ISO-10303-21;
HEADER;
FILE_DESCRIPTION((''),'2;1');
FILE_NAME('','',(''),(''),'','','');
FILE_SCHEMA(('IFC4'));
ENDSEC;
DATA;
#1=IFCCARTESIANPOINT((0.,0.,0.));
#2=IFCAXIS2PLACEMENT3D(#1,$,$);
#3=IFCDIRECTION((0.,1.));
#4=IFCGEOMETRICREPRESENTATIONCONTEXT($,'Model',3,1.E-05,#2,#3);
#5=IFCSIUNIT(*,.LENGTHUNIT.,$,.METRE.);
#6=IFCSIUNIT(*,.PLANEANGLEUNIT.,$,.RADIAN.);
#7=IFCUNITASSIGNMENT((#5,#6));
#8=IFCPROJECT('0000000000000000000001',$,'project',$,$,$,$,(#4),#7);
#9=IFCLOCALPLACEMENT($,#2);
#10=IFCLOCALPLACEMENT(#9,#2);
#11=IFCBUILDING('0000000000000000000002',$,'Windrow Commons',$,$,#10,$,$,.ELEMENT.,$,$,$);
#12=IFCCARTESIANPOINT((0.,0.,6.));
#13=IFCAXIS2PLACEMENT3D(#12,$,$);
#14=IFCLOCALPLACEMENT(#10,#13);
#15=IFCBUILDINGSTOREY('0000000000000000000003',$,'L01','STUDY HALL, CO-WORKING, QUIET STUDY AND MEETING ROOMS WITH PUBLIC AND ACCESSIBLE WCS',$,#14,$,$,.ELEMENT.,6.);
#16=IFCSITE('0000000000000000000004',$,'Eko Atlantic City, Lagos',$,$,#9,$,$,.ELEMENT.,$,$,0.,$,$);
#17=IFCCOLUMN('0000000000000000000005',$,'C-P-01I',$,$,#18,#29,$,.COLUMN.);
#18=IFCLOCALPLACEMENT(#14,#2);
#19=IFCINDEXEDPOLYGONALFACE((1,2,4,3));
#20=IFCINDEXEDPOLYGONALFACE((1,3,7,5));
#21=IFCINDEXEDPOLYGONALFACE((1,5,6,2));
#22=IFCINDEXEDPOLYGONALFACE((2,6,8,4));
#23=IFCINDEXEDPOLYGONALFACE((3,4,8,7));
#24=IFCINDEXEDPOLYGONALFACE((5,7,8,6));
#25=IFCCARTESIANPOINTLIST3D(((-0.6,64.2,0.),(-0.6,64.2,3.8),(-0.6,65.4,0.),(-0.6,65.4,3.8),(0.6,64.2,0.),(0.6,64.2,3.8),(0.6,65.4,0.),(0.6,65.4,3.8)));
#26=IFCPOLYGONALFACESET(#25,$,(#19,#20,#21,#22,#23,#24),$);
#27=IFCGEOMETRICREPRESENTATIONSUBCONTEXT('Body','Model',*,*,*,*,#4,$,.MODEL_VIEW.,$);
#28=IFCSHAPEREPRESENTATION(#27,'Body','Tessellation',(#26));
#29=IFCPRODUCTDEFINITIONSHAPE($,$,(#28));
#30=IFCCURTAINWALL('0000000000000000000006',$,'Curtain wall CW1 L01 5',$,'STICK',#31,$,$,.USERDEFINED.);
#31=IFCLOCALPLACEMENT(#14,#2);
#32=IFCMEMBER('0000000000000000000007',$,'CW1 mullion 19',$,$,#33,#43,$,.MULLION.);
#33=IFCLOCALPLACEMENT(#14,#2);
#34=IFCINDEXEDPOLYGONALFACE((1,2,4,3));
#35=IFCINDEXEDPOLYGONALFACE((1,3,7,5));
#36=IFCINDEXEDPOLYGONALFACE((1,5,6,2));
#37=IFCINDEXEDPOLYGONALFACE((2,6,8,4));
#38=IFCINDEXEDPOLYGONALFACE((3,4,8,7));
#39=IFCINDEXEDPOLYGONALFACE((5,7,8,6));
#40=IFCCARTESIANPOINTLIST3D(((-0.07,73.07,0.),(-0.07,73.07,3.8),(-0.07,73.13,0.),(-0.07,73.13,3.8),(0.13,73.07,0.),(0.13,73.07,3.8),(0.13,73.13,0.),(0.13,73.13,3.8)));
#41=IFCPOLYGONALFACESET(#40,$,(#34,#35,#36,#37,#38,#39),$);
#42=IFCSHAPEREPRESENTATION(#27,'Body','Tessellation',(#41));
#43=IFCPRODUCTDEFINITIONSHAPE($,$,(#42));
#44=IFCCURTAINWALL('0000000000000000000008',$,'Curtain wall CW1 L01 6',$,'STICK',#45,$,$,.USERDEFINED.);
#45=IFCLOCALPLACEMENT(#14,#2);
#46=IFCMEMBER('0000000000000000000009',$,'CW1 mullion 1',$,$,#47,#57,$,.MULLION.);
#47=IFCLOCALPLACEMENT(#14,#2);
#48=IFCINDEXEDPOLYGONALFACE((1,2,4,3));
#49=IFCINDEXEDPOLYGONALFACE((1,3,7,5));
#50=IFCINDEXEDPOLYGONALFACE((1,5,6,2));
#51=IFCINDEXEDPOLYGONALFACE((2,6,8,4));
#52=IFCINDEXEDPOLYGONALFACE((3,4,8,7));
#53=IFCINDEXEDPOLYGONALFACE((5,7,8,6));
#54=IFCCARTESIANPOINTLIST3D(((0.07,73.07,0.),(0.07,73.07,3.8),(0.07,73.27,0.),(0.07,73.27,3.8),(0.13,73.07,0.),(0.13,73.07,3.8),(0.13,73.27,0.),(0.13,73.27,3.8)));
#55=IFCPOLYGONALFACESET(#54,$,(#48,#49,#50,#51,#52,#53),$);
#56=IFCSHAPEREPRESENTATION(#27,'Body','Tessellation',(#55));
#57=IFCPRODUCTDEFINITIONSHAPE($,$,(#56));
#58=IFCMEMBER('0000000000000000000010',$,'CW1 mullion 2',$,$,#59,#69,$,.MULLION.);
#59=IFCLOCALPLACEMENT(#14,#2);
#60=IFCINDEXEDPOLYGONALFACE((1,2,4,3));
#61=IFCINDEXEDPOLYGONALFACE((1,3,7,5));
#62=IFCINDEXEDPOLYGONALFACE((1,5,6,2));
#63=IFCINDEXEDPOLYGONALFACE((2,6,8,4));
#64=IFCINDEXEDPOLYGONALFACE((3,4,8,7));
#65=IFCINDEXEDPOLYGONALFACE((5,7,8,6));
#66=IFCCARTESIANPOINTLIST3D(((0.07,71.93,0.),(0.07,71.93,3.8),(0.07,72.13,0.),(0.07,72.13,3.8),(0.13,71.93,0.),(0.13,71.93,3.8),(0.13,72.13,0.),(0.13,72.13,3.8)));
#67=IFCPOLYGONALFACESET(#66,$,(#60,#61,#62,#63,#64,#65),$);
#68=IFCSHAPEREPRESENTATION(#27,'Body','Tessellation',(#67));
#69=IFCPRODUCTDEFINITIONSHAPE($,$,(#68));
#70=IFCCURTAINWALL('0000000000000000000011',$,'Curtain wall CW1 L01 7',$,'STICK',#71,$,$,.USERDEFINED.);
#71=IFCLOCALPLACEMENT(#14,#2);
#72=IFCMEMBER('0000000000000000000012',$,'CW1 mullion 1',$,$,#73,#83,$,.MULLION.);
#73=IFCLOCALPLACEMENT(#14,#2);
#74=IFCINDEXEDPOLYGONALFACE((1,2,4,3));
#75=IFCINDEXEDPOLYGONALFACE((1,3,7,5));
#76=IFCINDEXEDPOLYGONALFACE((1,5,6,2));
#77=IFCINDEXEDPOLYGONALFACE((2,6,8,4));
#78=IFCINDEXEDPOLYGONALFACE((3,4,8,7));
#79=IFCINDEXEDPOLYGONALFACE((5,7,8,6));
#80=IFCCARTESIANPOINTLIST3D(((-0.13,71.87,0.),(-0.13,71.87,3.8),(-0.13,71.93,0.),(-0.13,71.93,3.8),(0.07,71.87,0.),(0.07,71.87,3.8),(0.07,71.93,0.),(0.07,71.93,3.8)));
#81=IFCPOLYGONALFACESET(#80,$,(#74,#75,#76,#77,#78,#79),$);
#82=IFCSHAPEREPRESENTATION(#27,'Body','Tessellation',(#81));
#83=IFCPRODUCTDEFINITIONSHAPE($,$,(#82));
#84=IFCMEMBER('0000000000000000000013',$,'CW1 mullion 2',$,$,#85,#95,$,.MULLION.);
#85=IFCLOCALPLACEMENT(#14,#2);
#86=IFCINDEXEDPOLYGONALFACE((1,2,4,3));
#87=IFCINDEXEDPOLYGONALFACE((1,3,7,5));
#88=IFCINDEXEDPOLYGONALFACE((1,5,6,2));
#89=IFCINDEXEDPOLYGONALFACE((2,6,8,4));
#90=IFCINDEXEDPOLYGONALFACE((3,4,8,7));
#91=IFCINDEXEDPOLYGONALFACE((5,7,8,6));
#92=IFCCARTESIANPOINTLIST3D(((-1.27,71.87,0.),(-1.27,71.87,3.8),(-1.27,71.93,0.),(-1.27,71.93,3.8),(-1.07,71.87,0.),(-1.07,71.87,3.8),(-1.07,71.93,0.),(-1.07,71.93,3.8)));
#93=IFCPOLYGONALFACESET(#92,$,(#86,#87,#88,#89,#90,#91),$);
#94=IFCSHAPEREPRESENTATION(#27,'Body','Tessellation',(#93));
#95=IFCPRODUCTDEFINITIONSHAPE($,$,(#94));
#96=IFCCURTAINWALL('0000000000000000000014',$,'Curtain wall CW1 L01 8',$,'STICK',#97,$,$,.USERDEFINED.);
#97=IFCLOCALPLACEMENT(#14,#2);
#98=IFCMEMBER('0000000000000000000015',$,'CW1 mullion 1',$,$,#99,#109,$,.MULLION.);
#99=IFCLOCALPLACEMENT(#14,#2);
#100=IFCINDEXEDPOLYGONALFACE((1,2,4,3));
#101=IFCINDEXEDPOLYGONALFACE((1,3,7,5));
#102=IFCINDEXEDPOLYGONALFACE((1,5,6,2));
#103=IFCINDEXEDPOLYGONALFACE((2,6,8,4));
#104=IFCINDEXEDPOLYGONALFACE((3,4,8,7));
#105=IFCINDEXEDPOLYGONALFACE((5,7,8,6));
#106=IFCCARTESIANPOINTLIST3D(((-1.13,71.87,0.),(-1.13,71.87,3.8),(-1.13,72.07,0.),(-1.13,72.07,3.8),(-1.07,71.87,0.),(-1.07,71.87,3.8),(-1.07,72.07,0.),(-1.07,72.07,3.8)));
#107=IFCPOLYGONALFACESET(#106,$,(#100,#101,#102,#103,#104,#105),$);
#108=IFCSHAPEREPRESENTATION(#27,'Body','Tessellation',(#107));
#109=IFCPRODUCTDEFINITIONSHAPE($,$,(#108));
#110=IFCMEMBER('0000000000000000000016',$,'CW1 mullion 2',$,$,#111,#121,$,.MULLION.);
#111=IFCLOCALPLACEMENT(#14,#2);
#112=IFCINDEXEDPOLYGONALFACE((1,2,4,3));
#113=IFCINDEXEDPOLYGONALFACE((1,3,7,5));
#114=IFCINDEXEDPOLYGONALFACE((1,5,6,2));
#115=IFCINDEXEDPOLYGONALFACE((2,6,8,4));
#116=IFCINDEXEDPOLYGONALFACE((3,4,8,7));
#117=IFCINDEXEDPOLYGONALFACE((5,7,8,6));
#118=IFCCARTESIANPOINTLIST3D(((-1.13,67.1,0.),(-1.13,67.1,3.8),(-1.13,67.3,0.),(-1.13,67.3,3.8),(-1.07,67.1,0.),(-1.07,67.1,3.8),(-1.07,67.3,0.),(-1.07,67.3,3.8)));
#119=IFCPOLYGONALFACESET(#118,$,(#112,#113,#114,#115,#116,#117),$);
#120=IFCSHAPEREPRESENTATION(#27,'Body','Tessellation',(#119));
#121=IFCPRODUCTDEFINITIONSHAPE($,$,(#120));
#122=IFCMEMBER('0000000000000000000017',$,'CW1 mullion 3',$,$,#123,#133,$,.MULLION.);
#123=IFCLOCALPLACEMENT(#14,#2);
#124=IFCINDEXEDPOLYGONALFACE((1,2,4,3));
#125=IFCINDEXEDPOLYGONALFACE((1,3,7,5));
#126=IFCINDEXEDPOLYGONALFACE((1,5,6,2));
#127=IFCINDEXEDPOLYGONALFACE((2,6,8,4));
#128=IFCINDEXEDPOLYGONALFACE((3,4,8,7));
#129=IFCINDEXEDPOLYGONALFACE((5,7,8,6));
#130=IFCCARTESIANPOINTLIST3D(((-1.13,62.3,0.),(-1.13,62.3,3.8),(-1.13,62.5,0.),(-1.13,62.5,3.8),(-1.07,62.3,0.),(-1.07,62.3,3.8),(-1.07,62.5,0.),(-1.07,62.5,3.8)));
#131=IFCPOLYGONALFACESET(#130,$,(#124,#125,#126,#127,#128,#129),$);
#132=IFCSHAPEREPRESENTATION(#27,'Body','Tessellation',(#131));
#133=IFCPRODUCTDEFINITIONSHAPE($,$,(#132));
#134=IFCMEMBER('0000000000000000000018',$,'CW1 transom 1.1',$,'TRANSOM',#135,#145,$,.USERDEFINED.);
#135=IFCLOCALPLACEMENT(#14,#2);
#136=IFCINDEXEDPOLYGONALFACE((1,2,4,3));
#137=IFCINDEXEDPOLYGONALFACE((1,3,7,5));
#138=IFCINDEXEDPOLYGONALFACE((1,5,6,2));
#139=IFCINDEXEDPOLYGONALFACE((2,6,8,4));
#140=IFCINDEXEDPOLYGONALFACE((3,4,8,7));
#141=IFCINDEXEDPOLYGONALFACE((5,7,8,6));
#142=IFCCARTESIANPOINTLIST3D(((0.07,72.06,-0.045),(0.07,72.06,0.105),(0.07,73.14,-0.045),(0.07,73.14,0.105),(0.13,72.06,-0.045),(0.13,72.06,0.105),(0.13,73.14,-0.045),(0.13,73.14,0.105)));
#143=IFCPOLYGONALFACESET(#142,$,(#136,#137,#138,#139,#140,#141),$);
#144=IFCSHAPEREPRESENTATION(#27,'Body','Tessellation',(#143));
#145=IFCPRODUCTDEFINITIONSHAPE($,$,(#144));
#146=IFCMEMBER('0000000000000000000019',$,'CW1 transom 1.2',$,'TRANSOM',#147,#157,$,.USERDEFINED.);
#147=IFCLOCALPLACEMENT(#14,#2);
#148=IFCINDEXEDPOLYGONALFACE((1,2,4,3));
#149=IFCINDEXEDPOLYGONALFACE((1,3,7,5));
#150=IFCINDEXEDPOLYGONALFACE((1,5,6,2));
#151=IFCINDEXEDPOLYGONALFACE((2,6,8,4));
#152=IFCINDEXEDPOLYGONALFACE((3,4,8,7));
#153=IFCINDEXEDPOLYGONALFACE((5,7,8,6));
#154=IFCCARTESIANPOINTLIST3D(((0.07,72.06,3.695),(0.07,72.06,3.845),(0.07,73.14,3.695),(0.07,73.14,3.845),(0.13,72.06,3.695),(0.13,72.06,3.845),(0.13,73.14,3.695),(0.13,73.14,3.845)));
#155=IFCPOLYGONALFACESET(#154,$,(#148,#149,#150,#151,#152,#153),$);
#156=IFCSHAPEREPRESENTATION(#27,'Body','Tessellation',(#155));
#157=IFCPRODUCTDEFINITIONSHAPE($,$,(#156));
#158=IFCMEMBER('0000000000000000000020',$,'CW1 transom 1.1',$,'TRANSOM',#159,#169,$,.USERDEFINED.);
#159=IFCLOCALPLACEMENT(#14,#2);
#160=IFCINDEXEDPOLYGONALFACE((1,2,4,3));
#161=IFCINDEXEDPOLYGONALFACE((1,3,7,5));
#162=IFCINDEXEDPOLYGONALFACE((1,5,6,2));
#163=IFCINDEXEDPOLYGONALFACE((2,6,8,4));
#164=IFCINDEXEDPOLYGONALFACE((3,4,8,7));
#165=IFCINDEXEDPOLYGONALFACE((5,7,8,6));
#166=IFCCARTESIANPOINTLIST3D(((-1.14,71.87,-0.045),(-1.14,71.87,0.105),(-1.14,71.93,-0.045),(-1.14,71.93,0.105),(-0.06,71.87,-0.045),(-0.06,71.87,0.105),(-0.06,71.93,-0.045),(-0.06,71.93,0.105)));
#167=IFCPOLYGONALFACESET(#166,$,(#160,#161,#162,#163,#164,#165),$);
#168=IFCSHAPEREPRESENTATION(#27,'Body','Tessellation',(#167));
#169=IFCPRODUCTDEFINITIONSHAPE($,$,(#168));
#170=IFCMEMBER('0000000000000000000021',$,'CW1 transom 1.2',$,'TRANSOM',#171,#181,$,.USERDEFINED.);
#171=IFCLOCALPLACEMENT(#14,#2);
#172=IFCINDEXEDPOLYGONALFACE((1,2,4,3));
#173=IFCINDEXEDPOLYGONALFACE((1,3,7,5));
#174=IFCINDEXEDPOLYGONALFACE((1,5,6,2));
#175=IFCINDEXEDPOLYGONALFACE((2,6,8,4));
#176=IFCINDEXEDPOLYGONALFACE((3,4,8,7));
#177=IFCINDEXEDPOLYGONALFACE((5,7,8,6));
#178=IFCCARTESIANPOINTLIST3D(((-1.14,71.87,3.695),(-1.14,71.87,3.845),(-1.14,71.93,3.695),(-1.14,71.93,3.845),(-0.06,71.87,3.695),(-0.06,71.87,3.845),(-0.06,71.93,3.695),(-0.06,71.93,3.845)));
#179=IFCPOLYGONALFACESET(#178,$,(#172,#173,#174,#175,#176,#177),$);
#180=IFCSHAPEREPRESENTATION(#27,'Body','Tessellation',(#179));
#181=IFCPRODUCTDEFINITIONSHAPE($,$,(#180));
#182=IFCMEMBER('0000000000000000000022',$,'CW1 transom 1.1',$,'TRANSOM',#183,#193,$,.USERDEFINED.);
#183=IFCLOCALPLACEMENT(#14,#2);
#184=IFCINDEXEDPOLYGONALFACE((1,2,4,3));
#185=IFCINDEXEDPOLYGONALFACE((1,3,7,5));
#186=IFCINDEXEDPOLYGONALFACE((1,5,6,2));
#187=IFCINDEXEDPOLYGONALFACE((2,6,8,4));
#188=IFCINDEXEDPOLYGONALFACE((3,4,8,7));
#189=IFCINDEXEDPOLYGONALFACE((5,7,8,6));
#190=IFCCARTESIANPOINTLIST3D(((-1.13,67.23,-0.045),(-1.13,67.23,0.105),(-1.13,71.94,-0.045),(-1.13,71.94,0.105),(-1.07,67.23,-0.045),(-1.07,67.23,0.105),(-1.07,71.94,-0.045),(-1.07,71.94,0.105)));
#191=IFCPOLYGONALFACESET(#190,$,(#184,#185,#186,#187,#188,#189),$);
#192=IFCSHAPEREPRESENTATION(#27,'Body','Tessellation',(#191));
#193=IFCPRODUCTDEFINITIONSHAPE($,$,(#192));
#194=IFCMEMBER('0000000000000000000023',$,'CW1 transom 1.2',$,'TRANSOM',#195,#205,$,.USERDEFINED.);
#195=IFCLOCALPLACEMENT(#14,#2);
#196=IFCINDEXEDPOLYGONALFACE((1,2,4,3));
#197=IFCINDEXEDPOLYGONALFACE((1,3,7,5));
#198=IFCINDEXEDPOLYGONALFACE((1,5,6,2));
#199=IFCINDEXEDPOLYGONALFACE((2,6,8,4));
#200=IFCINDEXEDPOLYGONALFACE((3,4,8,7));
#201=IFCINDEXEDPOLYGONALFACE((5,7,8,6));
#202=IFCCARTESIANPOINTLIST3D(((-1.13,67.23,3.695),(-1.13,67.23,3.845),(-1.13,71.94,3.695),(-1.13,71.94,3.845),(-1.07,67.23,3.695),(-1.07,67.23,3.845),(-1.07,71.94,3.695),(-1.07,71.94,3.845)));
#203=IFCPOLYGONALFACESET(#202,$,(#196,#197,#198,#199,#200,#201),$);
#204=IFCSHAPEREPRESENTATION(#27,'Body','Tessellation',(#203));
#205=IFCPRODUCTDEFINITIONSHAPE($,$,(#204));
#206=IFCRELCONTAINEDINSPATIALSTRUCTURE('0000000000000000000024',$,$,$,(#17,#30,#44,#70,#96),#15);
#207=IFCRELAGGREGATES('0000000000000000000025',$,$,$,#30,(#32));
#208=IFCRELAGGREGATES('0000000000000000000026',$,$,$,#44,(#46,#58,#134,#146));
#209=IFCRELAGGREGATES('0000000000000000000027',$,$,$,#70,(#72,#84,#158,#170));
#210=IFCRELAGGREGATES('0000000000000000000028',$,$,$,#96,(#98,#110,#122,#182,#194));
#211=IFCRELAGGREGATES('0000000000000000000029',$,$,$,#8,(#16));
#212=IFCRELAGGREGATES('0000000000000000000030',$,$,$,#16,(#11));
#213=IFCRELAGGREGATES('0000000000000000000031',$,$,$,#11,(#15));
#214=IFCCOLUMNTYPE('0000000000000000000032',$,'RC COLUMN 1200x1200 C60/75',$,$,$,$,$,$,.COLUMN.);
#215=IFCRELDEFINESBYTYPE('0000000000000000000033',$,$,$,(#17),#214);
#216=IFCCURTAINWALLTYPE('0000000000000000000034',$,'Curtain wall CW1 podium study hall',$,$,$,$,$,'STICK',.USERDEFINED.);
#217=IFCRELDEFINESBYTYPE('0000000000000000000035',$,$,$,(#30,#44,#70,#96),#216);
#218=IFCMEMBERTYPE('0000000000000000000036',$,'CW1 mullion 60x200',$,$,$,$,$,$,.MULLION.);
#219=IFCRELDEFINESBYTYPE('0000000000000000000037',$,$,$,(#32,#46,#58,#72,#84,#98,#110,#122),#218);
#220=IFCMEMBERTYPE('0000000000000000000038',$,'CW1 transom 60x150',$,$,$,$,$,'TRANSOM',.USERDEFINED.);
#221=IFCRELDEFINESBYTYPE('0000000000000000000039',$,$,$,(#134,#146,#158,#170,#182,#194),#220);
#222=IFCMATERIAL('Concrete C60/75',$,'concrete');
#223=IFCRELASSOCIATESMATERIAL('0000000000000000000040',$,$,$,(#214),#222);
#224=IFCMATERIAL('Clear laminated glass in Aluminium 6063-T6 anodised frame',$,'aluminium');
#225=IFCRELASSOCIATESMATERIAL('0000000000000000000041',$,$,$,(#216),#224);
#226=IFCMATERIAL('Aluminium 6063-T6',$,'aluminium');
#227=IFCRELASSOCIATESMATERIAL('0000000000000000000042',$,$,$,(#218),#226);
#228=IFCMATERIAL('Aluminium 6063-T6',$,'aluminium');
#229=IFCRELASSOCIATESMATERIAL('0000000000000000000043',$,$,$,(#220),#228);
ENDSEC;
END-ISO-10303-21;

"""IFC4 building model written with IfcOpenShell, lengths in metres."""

from ifc_helpers import new_model, si_unit, direction, frame, origin, origin_2d, place, context, subcontext, project, spatial, rectangle, extrude, material, material_profile, profile_set, type_object, element, aggregate, save


model = new_model("IFC4")

# Units and contexts
model_context = context("Model", 3, precision=1e-05, world=origin(), true_north=direction((0.0, 1.0)))
body_context = subcontext(model_context, "Body", "Model", "MODEL_VIEW")
ifc_project = project(units=[si_unit("LENGTHUNIT", "METRE"), si_unit("PLANEANGLEUNIT", "RADIAN")], contexts=[model_context])

# Site, building, storey
site_placement = place(None, origin())
site = spatial("IfcSite", under=ifc_project, at=site_placement, Name="Eko Atlantic City, Lagos", CompositionType="ELEMENT", RefElevation=0.0)
building_placement = place(site_placement, origin())
building = spatial("IfcBuilding", under=site, at=building_placement, Name="Windrow Commons", CompositionType="ELEMENT")
storey_placement = place(building_placement, frame((0.0, 0.0, 6.0)))
storey = spatial("IfcBuildingStorey", under=building, at=storey_placement, Name="L01", Description="STUDY HALL, CO-WORKING, QUIET STUDY AND MEETING ROOMS WITH PUBLIC AND ACCESSIBLE WCS", CompositionType="ELEMENT", Elevation=6.0)

# Column
ifc_material_1 = material(Name="Concrete C60/75", Category="concrete")
ifc_material_profile_1 = material_profile(ifc_material_1, rectangle(XDim=1.2, YDim=1.2, at=origin_2d()))
ifc_profile_set_1 = profile_set([ifc_material_profile_1], Name="Concrete C60/75")
column_type = type_object("IfcColumnType", Name="RC COLUMN 1200x1200 C60/75", PredefinedType="COLUMN", material=ifc_profile_set_1)
column_placement = place(storey_placement, frame((0.0, 64.8, 0.0), z_axis=(0.0, 0.0, 1.0), x_axis=(1.0, 0.0, 0.0)))
element("IfcColumn", 1, at=column_placement, inside=storey, type_object=column_type, Name="C-P-01I", PredefinedType="COLUMN", context=body_context, shape_type="SweptSolid", body=[
    extrude(rectangle(XDim=1.2, YDim=1.2, at=origin_2d()), origin(), (0.0, 0.0, 1.0), 3.8),
])

# Curtain wall, member
ifc_material_2 = material(Name="Clear laminated glass in Aluminium 6063-T6 anodised frame", Category="aluminium")
curtain_wall_type = type_object("IfcCurtainWallType", Name="Curtain wall CW1 podium study hall", ElementType="STICK", PredefinedType="USERDEFINED", material=ifc_material_2)
placement = place(storey_placement, origin())
curtain_wall_1 = element("IfcCurtainWall", 2, at=placement, inside=storey, type_object=curtain_wall_type, Name="Curtain wall CW1 L01 5", ObjectType="STICK", PredefinedType="USERDEFINED")
ifc_material_3 = material(Name="Aluminium 6063-T6", Category="aluminium")
ifc_material_profile_2 = material_profile(ifc_material_3, rectangle(XDim=0.06, YDim=0.2, at=origin_2d()))
ifc_profile_set_2 = profile_set([ifc_material_profile_2], Name="Aluminium 6063-T6")
member_type_1 = type_object("IfcMemberType", Name="CW1 mullion 60x200", PredefinedType="MULLION", material=ifc_profile_set_2)
member_1_placement = place(storey_placement, frame((0.03, 73.1, 0.0), z_axis=(0.0, 0.0, 1.0), x_axis=(0.0, -1.0, 0.0)))
member_1 = element("IfcMember", 3, at=member_1_placement, type_object=member_type_1, Name="CW1 mullion 19", PredefinedType="MULLION", context=body_context, shape_type="SweptSolid", body=[
    extrude(rectangle(XDim=0.06, YDim=0.2, at=origin_2d()), origin(), (0.0, 0.0, 1.0), 3.8),
])
aggregate(curtain_wall_1, [member_1])

# Curtain walls, members
curtain_wall_2 = element("IfcCurtainWall", 4, at=placement, inside=storey, type_object=curtain_wall_type, Name="Curtain wall CW1 L01 6", ObjectType="STICK", PredefinedType="USERDEFINED")
member_2_placement = place(storey_placement, frame((0.1, 73.17, 0.0), z_axis=(0.0, 0.0, 1.0), x_axis=(1.0, 0.0, 0.0)))
member_2 = element("IfcMember", 5, at=member_2_placement, type_object=member_type_1, Name="CW1 mullion 1", PredefinedType="MULLION", context=body_context, shape_type="SweptSolid", body=[
    extrude(rectangle(XDim=0.06, YDim=0.2, at=origin_2d()), origin(), (0.0, 0.0, 1.0), 3.8),
])
member_3_placement = place(storey_placement, frame((0.1, 72.03, 0.0), z_axis=(0.0, 0.0, 1.0), x_axis=(1.0, 0.0, 0.0)))
member_3 = element("IfcMember", 6, at=member_3_placement, type_object=member_type_1, Name="CW1 mullion 2", PredefinedType="MULLION", context=body_context, shape_type="SweptSolid", body=[
    extrude(rectangle(XDim=0.06, YDim=0.2, at=origin_2d()), origin(), (0.0, 0.0, 1.0), 3.8),
])
curtain_wall_3 = element("IfcCurtainWall", 7, at=placement, inside=storey, type_object=curtain_wall_type, Name="Curtain wall CW1 L01 7", ObjectType="STICK", PredefinedType="USERDEFINED")
member_4_placement = place(storey_placement, frame((-0.03, 71.9, 0.0), z_axis=(0.0, 0.0, 1.0), x_axis=(0.0, -1.0, 0.0)))
member_4 = element("IfcMember", 8, at=member_4_placement, type_object=member_type_1, Name="CW1 mullion 1", PredefinedType="MULLION", context=body_context, shape_type="SweptSolid", body=[
    extrude(rectangle(XDim=0.06, YDim=0.2, at=origin_2d()), origin(), (0.0, 0.0, 1.0), 3.8),
])
member_5_placement = place(storey_placement, frame((-1.17, 71.9, 0.0), z_axis=(0.0, 0.0, 1.0), x_axis=(0.0, -1.0, 0.0)))
member_5 = element("IfcMember", 9, at=member_5_placement, type_object=member_type_1, Name="CW1 mullion 2", PredefinedType="MULLION", context=body_context, shape_type="SweptSolid", body=[
    extrude(rectangle(XDim=0.06, YDim=0.2, at=origin_2d()), origin(), (0.0, 0.0, 1.0), 3.8),
])
curtain_wall_4 = element("IfcCurtainWall", 10, at=placement, inside=storey, type_object=curtain_wall_type, Name="Curtain wall CW1 L01 8", ObjectType="STICK", PredefinedType="USERDEFINED")
member_6_placement = place(storey_placement, frame((-1.1, 71.97, 0.0), z_axis=(0.0, 0.0, 1.0), x_axis=(1.0, 0.0, 0.0)))
member_6 = element("IfcMember", 11, at=member_6_placement, type_object=member_type_1, Name="CW1 mullion 1", PredefinedType="MULLION", context=body_context, shape_type="SweptSolid", body=[
    extrude(rectangle(XDim=0.06, YDim=0.2, at=origin_2d()), origin(), (0.0, 0.0, 1.0), 3.8),
])
member_7_placement = place(storey_placement, frame((-1.1, 67.2, 0.0), z_axis=(0.0, 0.0, 1.0), x_axis=(1.0, 0.0, 0.0)))
member_7 = element("IfcMember", 12, at=member_7_placement, type_object=member_type_1, Name="CW1 mullion 2", PredefinedType="MULLION", context=body_context, shape_type="SweptSolid", body=[
    extrude(rectangle(XDim=0.06, YDim=0.2, at=origin_2d()), origin(), (0.0, 0.0, 1.0), 3.8),
])
member_8_placement = place(storey_placement, frame((-1.1, 62.4, 0.0), z_axis=(0.0, 0.0, 1.0), x_axis=(1.0, 0.0, 0.0)))
member_8 = element("IfcMember", 13, at=member_8_placement, type_object=member_type_1, Name="CW1 mullion 3", PredefinedType="MULLION", context=body_context, shape_type="SweptSolid", body=[
    extrude(rectangle(XDim=0.06, YDim=0.2, at=origin_2d()), origin(), (0.0, 0.0, 1.0), 3.8),
])

# Members
ifc_material_4 = material(Name="Aluminium 6063-T6", Category="aluminium")
ifc_material_profile_3 = material_profile(ifc_material_4, rectangle(XDim=0.06, YDim=0.15, at=origin_2d()))
ifc_profile_set_3 = profile_set([ifc_material_profile_3], Name="Aluminium 6063-T6")
member_type_2 = type_object("IfcMemberType", Name="CW1 transom 60x150", ElementType="TRANSOM", PredefinedType="USERDEFINED", material=ifc_profile_set_3)
member_9_placement = place(storey_placement, frame((0.1, 73.14, 0.03), z_axis=(0.0, -1.0, 0.0), x_axis=(1.0, 0.0, 0.0)))
member_9 = element("IfcMember", 14, at=member_9_placement, type_object=member_type_2, Name="CW1 transom 1.1", ObjectType="TRANSOM", PredefinedType="USERDEFINED", context=body_context, shape_type="SweptSolid", body=[
    extrude(rectangle(XDim=0.06, YDim=0.15, at=origin_2d()), origin(), (0.0, 0.0, 1.0), 1.08),
])
member_10_placement = place(storey_placement, frame((0.1, 73.14, 3.77), z_axis=(0.0, -1.0, 0.0), x_axis=(1.0, 0.0, 0.0)))
member_10 = element("IfcMember", 15, at=member_10_placement, type_object=member_type_2, Name="CW1 transom 1.2", ObjectType="TRANSOM", PredefinedType="USERDEFINED", context=body_context, shape_type="SweptSolid", body=[
    extrude(rectangle(XDim=0.06, YDim=0.15, at=origin_2d()), origin(), (0.0, 0.0, 1.0), 1.08),
])
member_11_placement = place(storey_placement, frame((-0.06, 71.9, 0.03), z_axis=(-1.0, 0.0, 0.0), x_axis=(0.0, -1.0, 0.0)))
member_11 = element("IfcMember", 16, at=member_11_placement, type_object=member_type_2, Name="CW1 transom 1.1", ObjectType="TRANSOM", PredefinedType="USERDEFINED", context=body_context, shape_type="SweptSolid", body=[
    extrude(rectangle(XDim=0.06, YDim=0.15, at=origin_2d()), origin(), (0.0, 0.0, 1.0), 1.08),
])
member_12_placement = place(storey_placement, frame((-0.06, 71.9, 3.77), z_axis=(-1.0, 0.0, 0.0), x_axis=(0.0, -1.0, 0.0)))
member_12 = element("IfcMember", 17, at=member_12_placement, type_object=member_type_2, Name="CW1 transom 1.2", ObjectType="TRANSOM", PredefinedType="USERDEFINED", context=body_context, shape_type="SweptSolid", body=[
    extrude(rectangle(XDim=0.06, YDim=0.15, at=origin_2d()), origin(), (0.0, 0.0, 1.0), 1.08),
])
member_13_placement = place(storey_placement, frame((-1.1, 71.94, 0.03), z_axis=(0.0, -1.0, 0.0), x_axis=(1.0, 0.0, 0.0)))
member_13 = element("IfcMember", 18, at=member_13_placement, type_object=member_type_2, Name="CW1 transom 1.1", ObjectType="TRANSOM", PredefinedType="USERDEFINED", context=body_context, shape_type="SweptSolid", body=[
    extrude(rectangle(XDim=0.06, YDim=0.15, at=origin_2d()), origin(), (0.0, 0.0, 1.0), 4.71),
])
member_14_placement = place(storey_placement, frame((-1.1, 71.94, 3.77), z_axis=(0.0, -1.0, 0.0), x_axis=(1.0, 0.0, 0.0)))
member_14 = element("IfcMember", 19, at=member_14_placement, type_object=member_type_2, Name="CW1 transom 1.2", ObjectType="TRANSOM", PredefinedType="USERDEFINED", context=body_context, shape_type="SweptSolid", body=[
    extrude(rectangle(XDim=0.06, YDim=0.15, at=origin_2d()), origin(), (0.0, 0.0, 1.0), 4.71),
])

aggregate(curtain_wall_2, [member_2, member_3, member_9, member_10])
aggregate(curtain_wall_3, [member_4, member_5, member_11, member_12])
aggregate(curtain_wall_4, [member_6, member_7, member_8, member_13, member_14])

save(model, "model.ifc")
